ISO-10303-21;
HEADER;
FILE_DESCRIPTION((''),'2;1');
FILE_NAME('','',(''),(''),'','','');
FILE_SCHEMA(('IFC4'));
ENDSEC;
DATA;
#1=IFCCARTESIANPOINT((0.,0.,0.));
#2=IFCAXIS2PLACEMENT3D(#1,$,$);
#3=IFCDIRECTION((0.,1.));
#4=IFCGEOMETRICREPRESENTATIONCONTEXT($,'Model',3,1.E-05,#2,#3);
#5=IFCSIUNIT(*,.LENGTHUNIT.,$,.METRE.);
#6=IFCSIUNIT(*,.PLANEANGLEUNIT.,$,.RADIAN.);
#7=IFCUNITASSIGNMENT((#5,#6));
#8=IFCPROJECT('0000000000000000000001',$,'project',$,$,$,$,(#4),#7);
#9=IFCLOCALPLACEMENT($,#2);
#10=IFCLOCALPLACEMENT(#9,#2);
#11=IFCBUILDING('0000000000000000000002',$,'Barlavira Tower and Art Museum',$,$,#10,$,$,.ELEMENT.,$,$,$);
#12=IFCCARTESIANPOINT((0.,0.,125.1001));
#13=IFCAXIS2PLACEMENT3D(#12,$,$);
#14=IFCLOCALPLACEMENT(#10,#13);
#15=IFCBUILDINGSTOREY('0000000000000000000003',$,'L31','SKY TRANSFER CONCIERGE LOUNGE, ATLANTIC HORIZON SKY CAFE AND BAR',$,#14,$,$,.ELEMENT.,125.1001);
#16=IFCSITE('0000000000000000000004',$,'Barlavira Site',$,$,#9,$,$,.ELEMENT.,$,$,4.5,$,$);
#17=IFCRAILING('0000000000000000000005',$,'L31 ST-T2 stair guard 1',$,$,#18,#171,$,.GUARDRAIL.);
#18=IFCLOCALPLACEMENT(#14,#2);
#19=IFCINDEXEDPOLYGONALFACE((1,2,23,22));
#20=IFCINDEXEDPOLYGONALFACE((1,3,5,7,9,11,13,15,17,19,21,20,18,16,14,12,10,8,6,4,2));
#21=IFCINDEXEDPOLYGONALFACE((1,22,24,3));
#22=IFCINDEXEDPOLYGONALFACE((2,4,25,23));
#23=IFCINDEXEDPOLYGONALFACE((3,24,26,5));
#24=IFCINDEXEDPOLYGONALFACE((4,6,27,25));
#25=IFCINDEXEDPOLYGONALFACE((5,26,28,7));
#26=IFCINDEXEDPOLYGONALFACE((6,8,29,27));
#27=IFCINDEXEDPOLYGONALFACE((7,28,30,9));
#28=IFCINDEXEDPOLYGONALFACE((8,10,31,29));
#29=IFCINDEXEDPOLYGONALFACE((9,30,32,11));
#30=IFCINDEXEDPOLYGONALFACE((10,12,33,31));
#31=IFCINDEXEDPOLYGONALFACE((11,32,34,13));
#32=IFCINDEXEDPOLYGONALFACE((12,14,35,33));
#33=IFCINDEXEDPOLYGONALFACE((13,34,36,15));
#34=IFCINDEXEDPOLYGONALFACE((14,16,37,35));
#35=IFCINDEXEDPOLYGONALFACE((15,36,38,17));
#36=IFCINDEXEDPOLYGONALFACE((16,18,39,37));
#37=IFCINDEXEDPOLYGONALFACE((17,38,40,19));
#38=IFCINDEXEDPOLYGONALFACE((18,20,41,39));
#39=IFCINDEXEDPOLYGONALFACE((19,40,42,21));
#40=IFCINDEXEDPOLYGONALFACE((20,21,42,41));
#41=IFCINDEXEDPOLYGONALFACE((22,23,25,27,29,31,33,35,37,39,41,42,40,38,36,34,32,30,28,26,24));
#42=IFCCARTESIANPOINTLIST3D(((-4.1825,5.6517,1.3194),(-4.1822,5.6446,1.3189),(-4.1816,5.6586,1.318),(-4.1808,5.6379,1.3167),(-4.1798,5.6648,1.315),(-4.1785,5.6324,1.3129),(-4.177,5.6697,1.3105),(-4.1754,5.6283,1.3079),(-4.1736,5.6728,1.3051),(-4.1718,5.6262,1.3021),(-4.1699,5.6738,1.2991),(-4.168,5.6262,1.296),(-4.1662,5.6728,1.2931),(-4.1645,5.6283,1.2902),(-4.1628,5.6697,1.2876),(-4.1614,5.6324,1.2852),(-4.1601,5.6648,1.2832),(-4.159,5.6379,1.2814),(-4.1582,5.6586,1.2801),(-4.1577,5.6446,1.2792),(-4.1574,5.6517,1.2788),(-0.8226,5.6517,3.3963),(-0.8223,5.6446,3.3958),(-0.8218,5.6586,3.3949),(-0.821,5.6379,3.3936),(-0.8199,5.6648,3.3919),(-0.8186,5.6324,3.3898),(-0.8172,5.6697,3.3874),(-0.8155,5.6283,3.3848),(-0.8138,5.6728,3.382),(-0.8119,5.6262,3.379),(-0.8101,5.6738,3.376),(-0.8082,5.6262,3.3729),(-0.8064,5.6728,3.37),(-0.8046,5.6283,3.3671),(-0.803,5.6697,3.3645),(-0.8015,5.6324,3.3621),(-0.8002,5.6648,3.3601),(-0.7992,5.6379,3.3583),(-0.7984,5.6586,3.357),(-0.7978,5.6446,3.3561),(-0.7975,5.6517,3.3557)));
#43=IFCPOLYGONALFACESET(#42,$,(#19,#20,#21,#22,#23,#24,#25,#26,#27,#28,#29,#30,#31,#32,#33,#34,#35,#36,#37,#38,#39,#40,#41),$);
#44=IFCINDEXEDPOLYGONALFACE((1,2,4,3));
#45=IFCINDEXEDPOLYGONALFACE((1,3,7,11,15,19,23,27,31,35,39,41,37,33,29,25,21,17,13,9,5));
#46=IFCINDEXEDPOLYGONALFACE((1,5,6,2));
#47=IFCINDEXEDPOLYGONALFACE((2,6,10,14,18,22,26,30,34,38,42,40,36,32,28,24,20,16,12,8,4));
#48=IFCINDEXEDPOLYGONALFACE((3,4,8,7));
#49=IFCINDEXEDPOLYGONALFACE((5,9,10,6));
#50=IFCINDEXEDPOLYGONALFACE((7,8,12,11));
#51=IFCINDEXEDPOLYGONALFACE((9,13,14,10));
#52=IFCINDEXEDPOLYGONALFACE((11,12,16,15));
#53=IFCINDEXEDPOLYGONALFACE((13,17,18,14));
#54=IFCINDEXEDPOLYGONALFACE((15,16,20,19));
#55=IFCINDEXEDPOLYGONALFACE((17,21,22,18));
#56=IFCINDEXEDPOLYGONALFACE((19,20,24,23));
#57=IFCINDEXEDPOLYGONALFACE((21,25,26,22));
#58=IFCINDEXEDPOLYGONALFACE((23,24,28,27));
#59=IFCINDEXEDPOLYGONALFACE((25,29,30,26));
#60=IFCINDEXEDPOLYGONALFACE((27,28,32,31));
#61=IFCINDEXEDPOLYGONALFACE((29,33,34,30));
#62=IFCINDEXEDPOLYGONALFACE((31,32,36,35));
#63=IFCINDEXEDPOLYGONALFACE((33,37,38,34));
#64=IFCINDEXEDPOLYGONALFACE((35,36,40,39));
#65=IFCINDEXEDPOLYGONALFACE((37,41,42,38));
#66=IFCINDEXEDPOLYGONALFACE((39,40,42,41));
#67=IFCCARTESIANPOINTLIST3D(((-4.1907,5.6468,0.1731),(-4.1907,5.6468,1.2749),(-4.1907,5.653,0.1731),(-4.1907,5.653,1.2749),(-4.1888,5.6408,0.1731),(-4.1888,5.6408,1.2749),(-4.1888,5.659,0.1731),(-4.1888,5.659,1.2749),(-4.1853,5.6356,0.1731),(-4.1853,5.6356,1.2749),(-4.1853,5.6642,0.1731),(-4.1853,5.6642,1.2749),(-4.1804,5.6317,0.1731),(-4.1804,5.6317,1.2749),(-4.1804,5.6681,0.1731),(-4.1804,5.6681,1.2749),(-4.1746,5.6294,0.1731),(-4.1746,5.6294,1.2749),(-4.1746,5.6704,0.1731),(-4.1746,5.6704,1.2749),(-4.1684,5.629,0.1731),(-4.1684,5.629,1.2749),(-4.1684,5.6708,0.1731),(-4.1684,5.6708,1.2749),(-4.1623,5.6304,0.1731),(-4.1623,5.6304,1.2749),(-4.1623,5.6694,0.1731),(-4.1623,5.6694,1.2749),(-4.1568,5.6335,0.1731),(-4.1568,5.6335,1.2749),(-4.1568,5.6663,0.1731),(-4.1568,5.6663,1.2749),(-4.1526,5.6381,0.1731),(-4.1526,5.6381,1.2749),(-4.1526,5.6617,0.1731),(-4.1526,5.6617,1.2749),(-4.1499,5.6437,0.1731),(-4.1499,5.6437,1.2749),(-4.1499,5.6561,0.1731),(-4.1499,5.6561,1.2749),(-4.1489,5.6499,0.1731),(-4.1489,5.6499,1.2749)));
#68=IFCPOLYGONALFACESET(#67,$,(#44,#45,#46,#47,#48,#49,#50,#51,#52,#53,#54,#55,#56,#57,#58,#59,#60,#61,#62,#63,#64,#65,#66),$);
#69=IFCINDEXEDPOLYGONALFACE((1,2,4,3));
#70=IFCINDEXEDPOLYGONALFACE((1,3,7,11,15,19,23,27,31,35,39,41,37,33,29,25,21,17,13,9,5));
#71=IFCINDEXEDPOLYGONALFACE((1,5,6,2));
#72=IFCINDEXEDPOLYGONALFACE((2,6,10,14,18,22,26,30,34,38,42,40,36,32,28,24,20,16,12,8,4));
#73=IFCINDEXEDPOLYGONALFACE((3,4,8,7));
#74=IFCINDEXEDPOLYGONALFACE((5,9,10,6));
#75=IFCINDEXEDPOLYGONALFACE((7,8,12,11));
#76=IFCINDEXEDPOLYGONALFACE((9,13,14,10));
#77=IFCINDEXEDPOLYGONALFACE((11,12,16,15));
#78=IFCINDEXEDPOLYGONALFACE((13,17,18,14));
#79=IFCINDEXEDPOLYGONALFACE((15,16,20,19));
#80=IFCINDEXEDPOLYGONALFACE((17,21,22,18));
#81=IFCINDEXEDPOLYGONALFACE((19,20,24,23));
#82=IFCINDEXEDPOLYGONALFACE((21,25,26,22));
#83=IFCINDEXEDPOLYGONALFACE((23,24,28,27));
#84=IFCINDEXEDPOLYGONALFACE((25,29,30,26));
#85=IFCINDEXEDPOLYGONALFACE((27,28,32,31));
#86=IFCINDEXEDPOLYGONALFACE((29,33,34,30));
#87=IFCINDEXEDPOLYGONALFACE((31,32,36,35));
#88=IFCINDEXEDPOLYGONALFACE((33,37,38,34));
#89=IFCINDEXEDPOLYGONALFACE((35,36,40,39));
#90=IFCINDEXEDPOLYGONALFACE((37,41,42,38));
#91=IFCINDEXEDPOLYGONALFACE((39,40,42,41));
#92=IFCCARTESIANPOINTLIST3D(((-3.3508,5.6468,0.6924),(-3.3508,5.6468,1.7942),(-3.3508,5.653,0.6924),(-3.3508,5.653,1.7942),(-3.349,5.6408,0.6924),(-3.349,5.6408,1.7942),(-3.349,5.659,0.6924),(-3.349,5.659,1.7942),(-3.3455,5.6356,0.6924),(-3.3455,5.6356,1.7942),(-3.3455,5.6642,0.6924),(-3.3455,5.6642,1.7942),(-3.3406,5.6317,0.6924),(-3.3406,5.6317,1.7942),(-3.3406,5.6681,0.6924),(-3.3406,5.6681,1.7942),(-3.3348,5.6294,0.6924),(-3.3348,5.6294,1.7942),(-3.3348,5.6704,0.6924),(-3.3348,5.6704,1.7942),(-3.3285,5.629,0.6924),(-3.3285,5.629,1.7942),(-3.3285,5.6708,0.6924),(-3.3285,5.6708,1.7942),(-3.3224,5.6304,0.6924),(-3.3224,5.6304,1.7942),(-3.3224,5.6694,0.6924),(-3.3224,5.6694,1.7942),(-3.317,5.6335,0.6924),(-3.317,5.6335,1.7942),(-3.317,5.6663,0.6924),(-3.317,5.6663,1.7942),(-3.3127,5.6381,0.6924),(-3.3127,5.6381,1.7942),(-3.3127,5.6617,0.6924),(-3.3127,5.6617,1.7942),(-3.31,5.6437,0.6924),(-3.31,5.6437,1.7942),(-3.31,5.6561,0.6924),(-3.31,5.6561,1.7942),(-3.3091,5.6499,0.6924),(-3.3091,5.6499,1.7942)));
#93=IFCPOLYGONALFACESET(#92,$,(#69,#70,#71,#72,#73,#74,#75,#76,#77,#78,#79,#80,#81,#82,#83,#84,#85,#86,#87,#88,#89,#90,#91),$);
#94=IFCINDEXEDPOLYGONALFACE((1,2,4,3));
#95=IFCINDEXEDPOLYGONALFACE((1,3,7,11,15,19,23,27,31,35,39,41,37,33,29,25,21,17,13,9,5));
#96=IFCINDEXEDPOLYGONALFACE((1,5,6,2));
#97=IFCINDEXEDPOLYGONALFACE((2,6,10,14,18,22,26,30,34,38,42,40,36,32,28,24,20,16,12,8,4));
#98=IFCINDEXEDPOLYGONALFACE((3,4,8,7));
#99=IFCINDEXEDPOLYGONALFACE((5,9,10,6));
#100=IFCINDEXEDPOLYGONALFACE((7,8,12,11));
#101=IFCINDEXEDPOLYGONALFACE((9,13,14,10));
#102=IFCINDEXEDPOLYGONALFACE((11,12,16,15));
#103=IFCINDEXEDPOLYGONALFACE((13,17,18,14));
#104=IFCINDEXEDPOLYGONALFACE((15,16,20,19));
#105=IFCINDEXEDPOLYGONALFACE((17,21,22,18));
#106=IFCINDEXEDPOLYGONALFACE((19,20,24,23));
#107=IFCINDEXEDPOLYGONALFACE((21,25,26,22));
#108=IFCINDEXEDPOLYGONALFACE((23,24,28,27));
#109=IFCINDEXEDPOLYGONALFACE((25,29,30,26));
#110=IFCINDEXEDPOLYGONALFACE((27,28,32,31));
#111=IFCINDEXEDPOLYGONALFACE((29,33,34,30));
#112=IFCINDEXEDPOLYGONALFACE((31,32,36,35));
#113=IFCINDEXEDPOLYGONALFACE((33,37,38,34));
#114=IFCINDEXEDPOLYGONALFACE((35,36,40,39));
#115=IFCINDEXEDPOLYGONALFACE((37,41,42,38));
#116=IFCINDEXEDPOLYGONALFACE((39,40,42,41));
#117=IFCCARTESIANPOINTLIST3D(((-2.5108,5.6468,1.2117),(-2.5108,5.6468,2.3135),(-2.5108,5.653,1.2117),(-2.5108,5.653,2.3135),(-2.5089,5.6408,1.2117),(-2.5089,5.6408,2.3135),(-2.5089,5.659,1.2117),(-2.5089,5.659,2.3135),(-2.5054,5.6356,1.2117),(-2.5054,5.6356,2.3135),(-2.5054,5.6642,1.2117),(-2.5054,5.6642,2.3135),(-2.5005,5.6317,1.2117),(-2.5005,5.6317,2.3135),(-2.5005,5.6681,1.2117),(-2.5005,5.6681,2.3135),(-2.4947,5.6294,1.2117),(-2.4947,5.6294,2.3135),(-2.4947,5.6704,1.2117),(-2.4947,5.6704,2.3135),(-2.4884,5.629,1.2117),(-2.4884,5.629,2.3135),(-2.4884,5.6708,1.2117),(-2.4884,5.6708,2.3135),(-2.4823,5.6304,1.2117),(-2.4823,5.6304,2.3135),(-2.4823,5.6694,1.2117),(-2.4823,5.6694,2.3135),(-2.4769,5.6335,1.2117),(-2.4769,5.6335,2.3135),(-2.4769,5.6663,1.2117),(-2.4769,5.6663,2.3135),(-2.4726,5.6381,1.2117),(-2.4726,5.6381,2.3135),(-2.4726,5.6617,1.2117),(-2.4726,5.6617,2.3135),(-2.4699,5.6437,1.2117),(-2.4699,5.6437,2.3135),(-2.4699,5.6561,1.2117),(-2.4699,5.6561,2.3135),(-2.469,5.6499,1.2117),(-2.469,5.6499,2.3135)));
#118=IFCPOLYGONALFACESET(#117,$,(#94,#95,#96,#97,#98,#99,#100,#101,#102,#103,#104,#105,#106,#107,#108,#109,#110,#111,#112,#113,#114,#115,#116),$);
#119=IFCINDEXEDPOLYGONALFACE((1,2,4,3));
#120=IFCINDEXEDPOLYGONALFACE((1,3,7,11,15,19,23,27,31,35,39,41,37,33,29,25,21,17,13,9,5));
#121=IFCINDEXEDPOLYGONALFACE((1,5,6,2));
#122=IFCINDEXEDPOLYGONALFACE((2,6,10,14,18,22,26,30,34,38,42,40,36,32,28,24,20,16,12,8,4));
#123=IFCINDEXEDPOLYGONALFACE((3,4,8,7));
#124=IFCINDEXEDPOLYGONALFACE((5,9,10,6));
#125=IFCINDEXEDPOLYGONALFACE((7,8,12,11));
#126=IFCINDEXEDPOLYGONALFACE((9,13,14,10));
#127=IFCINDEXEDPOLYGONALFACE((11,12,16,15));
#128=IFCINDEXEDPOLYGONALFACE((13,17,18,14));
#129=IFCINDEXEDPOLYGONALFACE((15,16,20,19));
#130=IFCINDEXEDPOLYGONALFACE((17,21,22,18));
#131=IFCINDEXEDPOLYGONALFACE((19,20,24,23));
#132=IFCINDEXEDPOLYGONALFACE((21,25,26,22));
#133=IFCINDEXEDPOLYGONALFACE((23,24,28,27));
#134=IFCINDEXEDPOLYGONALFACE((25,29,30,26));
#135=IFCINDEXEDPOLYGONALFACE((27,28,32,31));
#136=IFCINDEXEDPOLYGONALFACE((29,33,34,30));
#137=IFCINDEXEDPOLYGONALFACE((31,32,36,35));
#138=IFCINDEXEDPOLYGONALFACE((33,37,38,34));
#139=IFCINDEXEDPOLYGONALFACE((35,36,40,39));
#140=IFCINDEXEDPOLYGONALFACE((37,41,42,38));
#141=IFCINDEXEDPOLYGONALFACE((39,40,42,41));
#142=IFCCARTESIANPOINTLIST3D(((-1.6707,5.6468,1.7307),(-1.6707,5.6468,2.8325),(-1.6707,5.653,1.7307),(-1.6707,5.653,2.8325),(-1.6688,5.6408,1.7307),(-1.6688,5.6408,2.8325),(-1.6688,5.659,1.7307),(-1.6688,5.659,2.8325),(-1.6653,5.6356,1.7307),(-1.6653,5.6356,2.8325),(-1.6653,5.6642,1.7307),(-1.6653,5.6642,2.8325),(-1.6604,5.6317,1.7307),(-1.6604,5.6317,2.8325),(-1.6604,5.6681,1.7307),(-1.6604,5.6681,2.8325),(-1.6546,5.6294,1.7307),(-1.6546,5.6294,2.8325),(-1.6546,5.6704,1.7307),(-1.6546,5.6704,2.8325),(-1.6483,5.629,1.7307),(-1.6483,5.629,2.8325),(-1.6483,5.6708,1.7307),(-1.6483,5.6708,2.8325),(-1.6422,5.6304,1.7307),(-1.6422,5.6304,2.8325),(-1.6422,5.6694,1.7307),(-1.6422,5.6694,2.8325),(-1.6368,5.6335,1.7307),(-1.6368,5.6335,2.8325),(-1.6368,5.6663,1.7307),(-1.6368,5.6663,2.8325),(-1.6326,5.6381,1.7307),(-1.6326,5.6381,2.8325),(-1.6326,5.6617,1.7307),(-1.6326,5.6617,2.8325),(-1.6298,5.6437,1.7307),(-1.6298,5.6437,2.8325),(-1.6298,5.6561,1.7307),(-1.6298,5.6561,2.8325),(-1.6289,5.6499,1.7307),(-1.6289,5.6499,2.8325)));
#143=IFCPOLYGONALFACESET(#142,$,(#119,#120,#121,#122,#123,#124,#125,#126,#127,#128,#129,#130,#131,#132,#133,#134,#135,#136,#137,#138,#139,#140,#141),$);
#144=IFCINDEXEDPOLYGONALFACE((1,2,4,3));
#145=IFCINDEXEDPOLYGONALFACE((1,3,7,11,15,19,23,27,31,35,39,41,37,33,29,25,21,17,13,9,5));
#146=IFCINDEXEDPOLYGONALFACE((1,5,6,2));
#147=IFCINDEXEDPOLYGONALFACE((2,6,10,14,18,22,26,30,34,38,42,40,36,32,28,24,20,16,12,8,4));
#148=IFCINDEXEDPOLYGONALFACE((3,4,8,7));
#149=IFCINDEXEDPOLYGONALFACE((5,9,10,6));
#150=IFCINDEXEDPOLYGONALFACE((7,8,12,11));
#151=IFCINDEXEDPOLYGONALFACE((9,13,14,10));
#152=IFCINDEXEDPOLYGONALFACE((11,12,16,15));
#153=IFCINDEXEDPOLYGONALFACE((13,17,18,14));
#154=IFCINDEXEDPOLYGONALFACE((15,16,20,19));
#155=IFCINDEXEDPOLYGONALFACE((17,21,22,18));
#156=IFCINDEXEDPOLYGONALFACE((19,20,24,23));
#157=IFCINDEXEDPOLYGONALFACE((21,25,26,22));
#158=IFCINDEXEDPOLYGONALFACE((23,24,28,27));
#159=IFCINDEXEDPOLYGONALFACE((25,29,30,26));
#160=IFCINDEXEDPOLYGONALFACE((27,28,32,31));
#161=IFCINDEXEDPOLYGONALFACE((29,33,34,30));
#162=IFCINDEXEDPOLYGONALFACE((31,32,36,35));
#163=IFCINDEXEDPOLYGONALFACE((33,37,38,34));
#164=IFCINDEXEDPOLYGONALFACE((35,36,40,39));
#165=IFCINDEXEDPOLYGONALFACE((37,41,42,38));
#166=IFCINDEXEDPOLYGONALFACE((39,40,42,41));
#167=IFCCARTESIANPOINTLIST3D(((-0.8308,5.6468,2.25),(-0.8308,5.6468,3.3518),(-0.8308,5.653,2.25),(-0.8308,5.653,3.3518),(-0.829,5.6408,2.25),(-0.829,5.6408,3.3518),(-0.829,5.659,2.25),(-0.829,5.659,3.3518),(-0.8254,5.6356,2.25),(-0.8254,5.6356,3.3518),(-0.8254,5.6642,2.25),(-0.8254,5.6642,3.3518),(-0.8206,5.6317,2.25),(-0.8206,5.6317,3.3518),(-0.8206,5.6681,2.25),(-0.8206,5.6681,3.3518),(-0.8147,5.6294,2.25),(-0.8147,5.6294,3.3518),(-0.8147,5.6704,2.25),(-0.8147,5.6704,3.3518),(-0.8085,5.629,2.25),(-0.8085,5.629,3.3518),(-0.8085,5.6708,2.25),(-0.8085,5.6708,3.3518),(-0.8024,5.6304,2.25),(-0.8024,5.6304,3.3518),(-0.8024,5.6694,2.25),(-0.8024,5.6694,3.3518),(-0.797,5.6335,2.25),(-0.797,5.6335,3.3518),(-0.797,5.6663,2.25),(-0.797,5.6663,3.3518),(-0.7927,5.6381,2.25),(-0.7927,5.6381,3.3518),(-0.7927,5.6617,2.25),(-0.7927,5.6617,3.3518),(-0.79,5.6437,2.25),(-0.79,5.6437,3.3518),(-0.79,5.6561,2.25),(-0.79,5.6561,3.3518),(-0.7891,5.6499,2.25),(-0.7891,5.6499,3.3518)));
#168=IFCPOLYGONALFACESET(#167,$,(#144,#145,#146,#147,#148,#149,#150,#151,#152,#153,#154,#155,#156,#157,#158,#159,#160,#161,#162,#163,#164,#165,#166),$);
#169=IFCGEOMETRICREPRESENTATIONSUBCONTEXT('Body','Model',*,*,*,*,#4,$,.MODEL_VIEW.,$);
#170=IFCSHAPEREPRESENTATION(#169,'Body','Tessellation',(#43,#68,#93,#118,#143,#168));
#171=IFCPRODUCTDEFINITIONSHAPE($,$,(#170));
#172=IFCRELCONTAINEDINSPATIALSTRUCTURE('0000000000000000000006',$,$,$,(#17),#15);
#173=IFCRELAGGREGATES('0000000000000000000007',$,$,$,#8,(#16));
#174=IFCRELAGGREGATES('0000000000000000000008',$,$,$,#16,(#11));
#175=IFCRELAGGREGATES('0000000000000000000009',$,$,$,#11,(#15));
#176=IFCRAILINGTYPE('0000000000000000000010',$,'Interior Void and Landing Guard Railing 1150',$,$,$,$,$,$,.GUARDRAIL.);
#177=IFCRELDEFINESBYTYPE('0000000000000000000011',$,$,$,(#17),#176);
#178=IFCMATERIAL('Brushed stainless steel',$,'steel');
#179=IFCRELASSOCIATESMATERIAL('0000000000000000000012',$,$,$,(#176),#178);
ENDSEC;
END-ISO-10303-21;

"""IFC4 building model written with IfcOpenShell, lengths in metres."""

from ifc_helpers import new_model, si_unit, direction, frame, origin, origin_2d, place, context, subcontext, project, spatial, circle, extrude, material, type_object, element, save


model = new_model("IFC4")

# Units and contexts
model_context = context("Model", 3, precision=1e-05, world=origin(), true_north=direction((0.0, 1.0)))
body_context = subcontext(model_context, "Body", "Model", "MODEL_VIEW")
ifc_project = project(units=[si_unit("LENGTHUNIT", "METRE"), si_unit("PLANEANGLEUNIT", "RADIAN")], contexts=[model_context])

# Site, building, storey
site_placement = place(None, origin())
site = spatial("IfcSite", under=ifc_project, at=site_placement, Name="Barlavira Site", CompositionType="ELEMENT", RefElevation=4.5)
building_placement = place(site_placement, origin())
building = spatial("IfcBuilding", under=site, at=building_placement, Name="Barlavira Tower and Art Museum", CompositionType="ELEMENT")
storey_placement = place(building_placement, frame((0.0, 0.0, 125.1001)))
storey = spatial("IfcBuildingStorey", under=building, at=storey_placement, Name="L31", Description="SKY TRANSFER CONCIERGE LOUNGE, ATLANTIC HORIZON SKY CAFE AND BAR", CompositionType="ELEMENT", Elevation=125.1001)

# Shared definitions
ifc_material_1 = material(Name="Brushed stainless steel", Category="steel")

# Railing
railing_type_1 = type_object("IfcRailingType", Name="Interior Void and Landing Guard Railing 1150", PredefinedType="GUARDRAIL", material=ifc_material_1)
railing_1_placement = place(storey_placement, frame((-4.1699, 5.6499, 0.1731)))
element("IfcRailing", 1, at=railing_1_placement, inside=storey, type_object=railing_type_1, Name="L31 ST-T2 stair guard 1", PredefinedType="GUARDRAIL", context=body_context, shape_type="SweptSolid", body=[
    extrude(circle(Radius=0.0239, at=origin_2d()), frame((0.0, 0.0, 1.126), z_axis=(0.850606, 0.0, 0.525803), x_axis=(0.0, 1.0, 0.0)), (0.0, 0.0, 1.0), 3.95),
    extrude(circle(Radius=0.021, at=origin_2d()), origin(), (0.0, 0.0, 1.0), 1.1018),
    extrude(circle(Radius=0.021, at=origin_2d()), frame((0.8398, 0.0, 0.5193)), (0.0, 0.0, 1.0), 1.1018),
    extrude(circle(Radius=0.021, at=origin_2d()), frame((1.6799, 0.0, 1.0386)), (0.0, 0.0, 1.0), 1.1018),
    extrude(circle(Radius=0.021, at=origin_2d()), frame((2.52, 0.0, 1.5576)), (0.0, 0.0, 1.0), 1.1018),
    extrude(circle(Radius=0.021, at=origin_2d()), frame((3.3599, 0.0, 2.0769)), (0.0, 0.0, 1.0), 1.1018),
])

save(model, "model.ifc")
